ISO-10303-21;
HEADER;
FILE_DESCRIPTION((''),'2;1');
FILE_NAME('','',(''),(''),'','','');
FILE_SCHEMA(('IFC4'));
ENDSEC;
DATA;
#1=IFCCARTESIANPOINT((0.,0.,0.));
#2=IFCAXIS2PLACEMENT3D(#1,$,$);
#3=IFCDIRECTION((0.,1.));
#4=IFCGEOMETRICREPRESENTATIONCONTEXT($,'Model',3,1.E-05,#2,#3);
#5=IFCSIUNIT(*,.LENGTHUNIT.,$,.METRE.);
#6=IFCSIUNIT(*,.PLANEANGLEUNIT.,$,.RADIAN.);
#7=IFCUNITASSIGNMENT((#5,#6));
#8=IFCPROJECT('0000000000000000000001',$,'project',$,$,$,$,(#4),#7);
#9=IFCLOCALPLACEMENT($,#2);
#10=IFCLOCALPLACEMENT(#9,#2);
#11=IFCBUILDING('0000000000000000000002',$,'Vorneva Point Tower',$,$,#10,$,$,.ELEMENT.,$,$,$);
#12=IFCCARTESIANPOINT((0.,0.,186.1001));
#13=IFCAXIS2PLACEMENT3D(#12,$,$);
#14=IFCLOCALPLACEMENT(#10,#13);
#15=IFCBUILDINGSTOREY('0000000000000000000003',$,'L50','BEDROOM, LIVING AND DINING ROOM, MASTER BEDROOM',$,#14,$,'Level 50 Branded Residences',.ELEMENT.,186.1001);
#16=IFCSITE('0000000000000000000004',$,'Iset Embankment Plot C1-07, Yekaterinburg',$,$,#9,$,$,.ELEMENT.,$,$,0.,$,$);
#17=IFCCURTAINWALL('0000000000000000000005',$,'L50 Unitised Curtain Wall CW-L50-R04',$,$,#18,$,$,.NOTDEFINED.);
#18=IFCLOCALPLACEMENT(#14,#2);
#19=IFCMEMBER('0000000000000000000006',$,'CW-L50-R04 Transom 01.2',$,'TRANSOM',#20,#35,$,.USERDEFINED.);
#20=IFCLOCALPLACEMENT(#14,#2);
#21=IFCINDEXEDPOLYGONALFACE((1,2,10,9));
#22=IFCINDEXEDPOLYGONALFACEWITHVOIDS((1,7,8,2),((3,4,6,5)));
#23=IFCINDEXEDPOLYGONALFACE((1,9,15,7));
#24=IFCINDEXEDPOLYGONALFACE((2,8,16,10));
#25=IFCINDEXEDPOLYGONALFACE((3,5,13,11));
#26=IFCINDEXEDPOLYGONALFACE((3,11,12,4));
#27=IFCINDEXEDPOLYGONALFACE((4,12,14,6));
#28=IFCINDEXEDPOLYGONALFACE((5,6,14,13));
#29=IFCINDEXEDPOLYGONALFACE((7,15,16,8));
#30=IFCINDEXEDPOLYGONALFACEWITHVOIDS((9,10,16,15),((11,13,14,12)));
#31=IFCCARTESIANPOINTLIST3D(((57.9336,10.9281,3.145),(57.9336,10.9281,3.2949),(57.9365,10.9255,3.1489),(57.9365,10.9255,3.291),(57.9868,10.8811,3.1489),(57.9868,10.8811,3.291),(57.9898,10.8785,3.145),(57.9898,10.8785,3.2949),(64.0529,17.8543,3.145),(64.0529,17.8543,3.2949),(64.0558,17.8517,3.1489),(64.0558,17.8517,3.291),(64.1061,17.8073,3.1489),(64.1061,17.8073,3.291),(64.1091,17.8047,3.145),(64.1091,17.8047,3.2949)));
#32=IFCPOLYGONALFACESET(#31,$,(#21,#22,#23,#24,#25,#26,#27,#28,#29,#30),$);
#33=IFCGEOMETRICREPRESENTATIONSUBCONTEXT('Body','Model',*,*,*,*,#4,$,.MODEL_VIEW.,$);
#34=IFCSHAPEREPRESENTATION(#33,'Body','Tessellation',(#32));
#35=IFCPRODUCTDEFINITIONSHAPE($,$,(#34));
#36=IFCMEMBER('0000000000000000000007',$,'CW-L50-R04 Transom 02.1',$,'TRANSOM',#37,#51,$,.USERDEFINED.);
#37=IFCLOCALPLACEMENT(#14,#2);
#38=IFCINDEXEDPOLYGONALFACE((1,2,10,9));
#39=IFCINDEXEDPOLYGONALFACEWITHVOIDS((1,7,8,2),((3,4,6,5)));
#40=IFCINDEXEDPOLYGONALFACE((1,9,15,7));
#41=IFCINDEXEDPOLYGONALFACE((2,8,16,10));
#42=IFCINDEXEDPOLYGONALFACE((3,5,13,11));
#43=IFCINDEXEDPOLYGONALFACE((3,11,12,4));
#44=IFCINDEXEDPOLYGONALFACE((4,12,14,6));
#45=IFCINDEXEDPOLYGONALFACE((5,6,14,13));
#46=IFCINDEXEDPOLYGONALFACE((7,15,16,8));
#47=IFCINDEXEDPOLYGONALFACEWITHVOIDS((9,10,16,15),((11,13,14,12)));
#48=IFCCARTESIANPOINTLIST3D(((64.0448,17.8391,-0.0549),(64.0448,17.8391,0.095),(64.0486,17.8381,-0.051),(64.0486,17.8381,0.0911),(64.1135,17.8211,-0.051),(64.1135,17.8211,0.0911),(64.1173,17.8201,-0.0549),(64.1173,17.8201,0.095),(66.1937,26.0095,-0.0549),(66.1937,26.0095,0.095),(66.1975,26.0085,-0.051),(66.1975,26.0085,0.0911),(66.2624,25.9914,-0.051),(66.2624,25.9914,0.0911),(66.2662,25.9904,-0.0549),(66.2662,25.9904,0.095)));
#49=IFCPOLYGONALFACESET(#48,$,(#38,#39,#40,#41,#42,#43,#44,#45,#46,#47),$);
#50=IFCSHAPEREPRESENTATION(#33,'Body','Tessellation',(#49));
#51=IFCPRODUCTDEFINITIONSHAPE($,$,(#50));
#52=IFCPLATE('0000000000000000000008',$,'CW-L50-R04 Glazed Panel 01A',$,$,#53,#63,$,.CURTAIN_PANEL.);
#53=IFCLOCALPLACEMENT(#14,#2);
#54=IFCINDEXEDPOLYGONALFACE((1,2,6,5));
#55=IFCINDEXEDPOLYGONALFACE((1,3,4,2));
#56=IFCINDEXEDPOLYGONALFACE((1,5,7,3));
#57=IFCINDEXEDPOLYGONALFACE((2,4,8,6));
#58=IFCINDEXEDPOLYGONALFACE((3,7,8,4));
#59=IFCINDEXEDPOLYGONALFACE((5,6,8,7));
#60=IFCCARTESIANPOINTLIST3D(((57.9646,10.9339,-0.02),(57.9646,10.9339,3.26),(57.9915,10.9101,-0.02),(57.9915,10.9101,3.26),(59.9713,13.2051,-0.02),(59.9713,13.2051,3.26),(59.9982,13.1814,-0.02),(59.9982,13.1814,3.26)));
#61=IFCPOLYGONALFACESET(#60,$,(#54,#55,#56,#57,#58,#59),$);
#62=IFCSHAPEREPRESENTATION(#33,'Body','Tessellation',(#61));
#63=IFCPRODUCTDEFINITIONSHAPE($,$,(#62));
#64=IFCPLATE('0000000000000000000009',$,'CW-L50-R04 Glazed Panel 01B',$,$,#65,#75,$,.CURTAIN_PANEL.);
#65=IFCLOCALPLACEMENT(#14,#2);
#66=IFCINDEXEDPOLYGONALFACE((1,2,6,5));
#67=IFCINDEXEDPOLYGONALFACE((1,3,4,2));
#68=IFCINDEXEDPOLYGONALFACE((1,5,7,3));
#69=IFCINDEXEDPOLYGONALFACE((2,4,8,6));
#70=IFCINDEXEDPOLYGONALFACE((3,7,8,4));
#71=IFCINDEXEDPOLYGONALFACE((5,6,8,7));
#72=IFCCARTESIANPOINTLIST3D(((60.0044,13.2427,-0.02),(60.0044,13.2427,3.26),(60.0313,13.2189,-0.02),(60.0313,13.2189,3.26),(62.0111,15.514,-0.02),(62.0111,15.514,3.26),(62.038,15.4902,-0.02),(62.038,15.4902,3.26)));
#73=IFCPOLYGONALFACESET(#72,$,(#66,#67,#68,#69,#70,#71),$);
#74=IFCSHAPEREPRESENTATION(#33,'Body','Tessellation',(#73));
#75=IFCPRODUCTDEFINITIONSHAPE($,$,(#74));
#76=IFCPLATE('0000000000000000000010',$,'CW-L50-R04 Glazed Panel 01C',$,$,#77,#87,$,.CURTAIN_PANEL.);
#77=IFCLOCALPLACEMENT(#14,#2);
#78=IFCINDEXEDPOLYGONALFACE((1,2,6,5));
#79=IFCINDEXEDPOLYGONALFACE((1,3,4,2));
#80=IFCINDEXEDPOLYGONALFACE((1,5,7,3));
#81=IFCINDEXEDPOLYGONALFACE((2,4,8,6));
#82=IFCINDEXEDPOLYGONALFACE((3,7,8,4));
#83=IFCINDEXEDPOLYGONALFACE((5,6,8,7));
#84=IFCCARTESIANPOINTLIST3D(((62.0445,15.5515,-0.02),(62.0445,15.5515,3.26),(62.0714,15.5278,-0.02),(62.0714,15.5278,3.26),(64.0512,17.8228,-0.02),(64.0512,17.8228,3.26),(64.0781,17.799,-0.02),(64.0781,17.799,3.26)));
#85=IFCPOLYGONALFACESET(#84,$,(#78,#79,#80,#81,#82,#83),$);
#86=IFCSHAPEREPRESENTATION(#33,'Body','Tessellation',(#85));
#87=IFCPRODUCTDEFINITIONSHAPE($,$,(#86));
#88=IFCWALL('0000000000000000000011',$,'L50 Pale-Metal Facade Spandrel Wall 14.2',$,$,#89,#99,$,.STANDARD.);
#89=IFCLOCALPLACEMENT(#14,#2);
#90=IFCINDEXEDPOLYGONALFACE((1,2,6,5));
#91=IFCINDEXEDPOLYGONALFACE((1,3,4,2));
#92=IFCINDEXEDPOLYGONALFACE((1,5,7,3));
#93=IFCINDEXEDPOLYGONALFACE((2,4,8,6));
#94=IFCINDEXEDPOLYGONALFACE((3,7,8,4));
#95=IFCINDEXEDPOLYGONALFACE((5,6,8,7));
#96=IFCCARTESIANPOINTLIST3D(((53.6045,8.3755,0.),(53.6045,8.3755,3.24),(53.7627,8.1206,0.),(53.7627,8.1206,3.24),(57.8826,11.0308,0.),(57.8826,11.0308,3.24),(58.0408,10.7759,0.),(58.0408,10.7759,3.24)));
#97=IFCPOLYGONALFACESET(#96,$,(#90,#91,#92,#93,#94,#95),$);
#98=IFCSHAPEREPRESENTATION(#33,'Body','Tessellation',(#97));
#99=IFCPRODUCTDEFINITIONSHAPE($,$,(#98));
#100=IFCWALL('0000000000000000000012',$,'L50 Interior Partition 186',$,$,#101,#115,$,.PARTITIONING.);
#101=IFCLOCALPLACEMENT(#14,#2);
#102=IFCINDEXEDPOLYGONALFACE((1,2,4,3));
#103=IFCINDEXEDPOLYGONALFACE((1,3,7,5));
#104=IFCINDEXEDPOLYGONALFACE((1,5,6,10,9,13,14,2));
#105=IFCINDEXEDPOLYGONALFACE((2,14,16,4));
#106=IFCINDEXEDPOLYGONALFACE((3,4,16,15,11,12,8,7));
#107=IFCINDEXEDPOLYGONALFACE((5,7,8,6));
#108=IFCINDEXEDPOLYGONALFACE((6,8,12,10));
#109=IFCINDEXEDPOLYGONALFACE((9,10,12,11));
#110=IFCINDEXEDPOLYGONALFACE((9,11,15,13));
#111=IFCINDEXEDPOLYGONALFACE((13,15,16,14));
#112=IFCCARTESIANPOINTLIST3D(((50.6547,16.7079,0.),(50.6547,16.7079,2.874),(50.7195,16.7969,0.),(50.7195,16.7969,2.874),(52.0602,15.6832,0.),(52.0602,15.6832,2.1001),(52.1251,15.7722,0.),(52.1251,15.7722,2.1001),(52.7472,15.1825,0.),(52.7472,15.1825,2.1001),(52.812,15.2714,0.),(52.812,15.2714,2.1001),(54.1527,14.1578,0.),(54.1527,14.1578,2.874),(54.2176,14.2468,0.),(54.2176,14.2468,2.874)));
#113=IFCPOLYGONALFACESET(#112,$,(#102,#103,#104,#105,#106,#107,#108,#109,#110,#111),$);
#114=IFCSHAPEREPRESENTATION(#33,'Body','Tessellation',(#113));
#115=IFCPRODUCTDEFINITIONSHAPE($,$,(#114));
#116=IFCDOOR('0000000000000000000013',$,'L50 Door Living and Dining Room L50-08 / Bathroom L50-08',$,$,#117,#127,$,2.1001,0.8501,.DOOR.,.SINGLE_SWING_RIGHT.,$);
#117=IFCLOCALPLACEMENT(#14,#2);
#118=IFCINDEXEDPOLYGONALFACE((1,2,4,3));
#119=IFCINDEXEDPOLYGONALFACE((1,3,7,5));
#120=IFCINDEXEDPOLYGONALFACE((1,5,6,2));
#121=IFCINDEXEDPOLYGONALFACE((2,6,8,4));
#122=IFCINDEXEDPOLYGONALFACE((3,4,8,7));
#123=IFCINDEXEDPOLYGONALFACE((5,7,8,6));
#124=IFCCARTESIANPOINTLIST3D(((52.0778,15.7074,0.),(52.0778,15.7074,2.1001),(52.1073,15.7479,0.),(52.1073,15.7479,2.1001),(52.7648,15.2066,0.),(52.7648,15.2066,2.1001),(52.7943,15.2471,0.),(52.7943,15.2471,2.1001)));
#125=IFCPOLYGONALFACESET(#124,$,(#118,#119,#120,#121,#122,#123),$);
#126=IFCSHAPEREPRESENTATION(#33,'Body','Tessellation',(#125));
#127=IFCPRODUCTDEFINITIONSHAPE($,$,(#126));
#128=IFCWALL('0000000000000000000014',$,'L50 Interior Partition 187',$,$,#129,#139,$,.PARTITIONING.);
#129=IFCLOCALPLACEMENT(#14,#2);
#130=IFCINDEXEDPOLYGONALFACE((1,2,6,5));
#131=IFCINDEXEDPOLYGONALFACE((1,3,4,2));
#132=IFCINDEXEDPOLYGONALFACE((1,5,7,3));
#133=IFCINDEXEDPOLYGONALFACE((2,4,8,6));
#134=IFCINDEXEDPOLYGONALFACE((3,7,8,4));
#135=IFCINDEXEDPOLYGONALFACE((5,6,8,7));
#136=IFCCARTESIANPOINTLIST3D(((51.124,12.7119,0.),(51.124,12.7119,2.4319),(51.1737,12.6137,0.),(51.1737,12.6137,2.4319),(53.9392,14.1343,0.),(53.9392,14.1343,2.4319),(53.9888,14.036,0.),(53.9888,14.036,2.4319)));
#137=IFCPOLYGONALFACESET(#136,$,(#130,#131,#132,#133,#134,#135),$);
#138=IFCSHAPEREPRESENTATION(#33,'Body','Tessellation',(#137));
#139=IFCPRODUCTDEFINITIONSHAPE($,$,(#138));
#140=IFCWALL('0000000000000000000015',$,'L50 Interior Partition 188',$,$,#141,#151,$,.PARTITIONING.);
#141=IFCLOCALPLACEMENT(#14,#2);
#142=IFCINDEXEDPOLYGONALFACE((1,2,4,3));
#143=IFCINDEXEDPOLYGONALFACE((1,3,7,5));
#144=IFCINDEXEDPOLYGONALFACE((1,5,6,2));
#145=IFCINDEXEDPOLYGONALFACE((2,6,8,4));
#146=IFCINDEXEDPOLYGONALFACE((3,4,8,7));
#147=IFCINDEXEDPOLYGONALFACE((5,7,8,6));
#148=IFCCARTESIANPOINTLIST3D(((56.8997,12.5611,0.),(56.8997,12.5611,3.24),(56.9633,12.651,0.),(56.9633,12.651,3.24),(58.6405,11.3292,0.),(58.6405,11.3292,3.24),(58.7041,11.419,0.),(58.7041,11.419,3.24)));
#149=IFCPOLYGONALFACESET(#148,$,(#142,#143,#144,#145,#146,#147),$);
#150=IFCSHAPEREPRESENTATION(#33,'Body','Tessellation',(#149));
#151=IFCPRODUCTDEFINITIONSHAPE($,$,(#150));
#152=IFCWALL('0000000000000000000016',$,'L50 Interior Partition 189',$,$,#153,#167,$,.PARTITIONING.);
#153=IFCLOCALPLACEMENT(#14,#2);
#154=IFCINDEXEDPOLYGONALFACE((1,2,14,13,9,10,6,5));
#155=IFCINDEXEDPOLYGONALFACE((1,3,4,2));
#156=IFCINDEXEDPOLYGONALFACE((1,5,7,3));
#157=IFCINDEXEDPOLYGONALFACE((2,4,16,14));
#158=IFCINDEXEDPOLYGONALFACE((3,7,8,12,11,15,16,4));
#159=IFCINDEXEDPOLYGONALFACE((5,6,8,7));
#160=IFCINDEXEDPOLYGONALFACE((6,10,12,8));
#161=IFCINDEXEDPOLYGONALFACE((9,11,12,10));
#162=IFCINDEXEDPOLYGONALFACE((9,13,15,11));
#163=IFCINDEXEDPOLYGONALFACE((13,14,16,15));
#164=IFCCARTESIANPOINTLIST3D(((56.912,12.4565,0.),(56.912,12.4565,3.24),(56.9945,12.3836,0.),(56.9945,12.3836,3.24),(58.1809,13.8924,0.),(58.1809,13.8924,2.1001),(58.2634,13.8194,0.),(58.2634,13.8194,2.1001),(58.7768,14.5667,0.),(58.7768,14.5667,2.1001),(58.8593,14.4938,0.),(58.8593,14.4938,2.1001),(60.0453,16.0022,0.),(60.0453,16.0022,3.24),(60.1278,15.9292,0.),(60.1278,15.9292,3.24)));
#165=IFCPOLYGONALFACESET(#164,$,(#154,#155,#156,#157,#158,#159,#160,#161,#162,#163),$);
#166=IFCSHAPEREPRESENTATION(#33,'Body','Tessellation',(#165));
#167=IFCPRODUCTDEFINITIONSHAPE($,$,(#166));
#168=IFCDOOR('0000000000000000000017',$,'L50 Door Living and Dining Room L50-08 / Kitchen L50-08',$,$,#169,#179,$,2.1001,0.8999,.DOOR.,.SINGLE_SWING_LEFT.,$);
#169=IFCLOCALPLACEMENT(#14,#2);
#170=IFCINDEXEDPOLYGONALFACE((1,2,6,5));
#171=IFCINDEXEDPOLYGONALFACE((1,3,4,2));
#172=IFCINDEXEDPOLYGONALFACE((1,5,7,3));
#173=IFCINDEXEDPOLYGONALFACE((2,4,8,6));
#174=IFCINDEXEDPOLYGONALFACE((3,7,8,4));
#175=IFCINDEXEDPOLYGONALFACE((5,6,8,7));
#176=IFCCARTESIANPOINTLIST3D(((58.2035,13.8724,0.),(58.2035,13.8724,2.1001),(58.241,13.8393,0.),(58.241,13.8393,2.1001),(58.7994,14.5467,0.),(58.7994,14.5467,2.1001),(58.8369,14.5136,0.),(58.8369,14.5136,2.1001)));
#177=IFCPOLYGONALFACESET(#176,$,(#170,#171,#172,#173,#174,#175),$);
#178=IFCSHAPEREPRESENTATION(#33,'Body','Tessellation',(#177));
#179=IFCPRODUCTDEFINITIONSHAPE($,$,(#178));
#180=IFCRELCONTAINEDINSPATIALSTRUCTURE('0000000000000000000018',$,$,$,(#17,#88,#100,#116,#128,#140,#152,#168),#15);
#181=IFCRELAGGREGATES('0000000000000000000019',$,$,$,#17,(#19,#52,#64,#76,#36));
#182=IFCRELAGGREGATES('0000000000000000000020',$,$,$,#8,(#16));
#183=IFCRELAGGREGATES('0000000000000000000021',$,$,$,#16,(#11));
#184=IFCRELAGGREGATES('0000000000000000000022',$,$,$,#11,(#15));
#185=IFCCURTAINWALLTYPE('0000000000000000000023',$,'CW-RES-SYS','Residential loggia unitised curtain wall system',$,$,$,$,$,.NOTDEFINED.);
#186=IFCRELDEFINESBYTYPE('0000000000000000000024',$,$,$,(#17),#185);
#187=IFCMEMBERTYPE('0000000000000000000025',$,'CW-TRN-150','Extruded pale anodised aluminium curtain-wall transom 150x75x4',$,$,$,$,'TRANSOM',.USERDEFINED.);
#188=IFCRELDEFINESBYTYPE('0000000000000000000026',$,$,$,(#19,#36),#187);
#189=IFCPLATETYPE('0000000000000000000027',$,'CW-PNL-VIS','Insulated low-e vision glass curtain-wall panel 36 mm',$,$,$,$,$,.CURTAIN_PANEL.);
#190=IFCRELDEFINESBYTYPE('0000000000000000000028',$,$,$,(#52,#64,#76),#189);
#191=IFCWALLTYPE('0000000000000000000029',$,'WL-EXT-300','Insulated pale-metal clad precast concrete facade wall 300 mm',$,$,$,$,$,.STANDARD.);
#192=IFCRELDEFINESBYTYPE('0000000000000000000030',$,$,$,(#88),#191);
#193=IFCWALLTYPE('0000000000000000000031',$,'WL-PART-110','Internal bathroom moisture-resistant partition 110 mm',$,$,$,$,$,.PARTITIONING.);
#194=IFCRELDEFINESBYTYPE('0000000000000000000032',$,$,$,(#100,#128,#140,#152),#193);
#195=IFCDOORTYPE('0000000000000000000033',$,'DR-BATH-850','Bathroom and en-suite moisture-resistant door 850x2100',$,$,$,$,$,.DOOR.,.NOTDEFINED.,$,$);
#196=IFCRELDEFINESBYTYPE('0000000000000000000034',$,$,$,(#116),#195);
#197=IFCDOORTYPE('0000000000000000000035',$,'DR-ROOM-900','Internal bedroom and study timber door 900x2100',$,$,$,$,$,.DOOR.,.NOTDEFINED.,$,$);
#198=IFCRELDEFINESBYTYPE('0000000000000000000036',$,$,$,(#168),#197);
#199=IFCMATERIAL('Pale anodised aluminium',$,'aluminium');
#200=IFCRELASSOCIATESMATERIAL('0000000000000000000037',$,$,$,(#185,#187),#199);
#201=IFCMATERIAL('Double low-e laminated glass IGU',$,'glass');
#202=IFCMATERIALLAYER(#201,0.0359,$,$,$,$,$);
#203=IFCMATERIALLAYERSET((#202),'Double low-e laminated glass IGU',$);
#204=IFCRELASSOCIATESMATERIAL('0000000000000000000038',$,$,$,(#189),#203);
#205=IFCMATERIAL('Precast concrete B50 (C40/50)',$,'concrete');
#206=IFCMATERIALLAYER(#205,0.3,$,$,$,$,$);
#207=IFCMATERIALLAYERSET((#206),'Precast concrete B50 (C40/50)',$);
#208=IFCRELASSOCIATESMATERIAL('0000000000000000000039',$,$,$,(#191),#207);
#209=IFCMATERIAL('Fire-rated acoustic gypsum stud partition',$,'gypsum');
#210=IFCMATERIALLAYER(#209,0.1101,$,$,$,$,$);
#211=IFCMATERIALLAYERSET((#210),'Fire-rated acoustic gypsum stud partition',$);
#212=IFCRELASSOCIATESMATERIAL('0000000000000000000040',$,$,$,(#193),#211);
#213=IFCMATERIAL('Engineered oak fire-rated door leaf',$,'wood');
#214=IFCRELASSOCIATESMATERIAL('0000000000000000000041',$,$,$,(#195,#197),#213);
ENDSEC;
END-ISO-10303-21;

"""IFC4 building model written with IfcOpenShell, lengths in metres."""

from ifc_helpers import new_model, si_unit, direction, frame, frame_2d, origin, origin_2d, place, context, subcontext, project, spatial, rectangle, hollow_rectangle, extrude, material, layer, layer_set, material_profile, profile_set, type_object, element, fill, aggregate, save


model = new_model("IFC4")

# Units and contexts
model_context = context("Model", 3, precision=1e-05, world=origin(), true_north=direction((0.0, 1.0)))
body_context = subcontext(model_context, "Body", "Model", "MODEL_VIEW")
ifc_project = project(units=[si_unit("LENGTHUNIT", "METRE"), si_unit("PLANEANGLEUNIT", "RADIAN")], contexts=[model_context])

# Site, building, storey
site_placement = place(None, origin())
site = spatial("IfcSite", under=ifc_project, at=site_placement, Name="Iset Embankment Plot C1-07, Yekaterinburg", CompositionType="ELEMENT", RefElevation=0.0)
building_placement = place(site_placement, origin())
building = spatial("IfcBuilding", under=site, at=building_placement, Name="Vorneva Point Tower", CompositionType="ELEMENT")
storey_placement = place(building_placement, frame((0.0, 0.0, 186.1001)))
storey = spatial("IfcBuildingStorey", under=building, at=storey_placement, Name="L50", Description="BEDROOM, LIVING AND DINING ROOM, MASTER BEDROOM", LongName="Level 50 Branded Residences", CompositionType="ELEMENT", Elevation=186.1001)

# Shared definitions
ifc_material_1 = material(Name="Pale anodised aluminium", Category="aluminium")
curtain_wall_type = type_object("IfcCurtainWallType", Name="CW-RES-SYS", Description="Residential loggia unitised curtain wall system", PredefinedType="NOTDEFINED", material=ifc_material_1)

# Curtain wall, members, plates
curtain_wall_1_placement = place(storey_placement, origin())
curtain_wall_1 = element("IfcCurtainWall", 1, at=curtain_wall_1_placement, inside=storey, type_object=curtain_wall_type, Name="L50 Unitised Curtain Wall CW-L50-R04", PredefinedType="NOTDEFINED")
ifc_material_profile_1 = material_profile(ifc_material_1, hollow_rectangle(XDim=0.075, YDim=0.1499, WallThickness=0.0039, at=origin_2d()), Name="AL-TRN 150x75x4")
ifc_profile_set_1 = profile_set([ifc_material_profile_1], Name="Pale anodised aluminium")
member_type_1 = type_object("IfcMemberType", Name="CW-TRN-150", Description="Extruded pale anodised aluminium curtain-wall transom 150x75x4", ElementType="TRANSOM", PredefinedType="USERDEFINED", material=ifc_profile_set_1)
member_1_placement = place(storey_placement, frame((57.9617, 10.9033, 3.22), z_axis=(0.662106, 0.74941, 0.0), x_axis=(-0.74941, 0.662106, 0.0)))
member_1 = element("IfcMember", 2, at=member_1_placement, type_object=member_type_1, Name="CW-L50-R04 Transom 01.2", ObjectType="TRANSOM", PredefinedType="USERDEFINED", context=body_context, shape_type="SweptSolid", body=[
    extrude(hollow_rectangle(XDim=0.075, YDim=0.1499, WallThickness=0.0039, at=origin_2d()), origin(), (0.0, 0.0, 1.0), 9.2422),
])
member_2_placement = place(storey_placement, frame((64.0811, 17.8296, 0.02), z_axis=(0.254362, 0.967109, 0.0), x_axis=(-0.967109, 0.254362, 0.0)))
member_2 = element("IfcMember", 3, at=member_2_placement, type_object=member_type_1, Name="CW-L50-R04 Transom 02.1", ObjectType="TRANSOM", PredefinedType="USERDEFINED", context=body_context, shape_type="SweptSolid", body=[
    extrude(hollow_rectangle(XDim=0.075, YDim=0.1499, WallThickness=0.0039, at=origin_2d()), origin(), (0.0, 0.0, 1.0), 8.4482),
])
ifc_material_2 = material(Name="Double low-e laminated glass IGU", Category="glass")
ifc_layer_1 = layer(ifc_material_2, 0.0359)
ifc_layer_set_1 = layer_set([ifc_layer_1], Name="Double low-e laminated glass IGU")
plate_type = type_object("IfcPlateType", Name="CW-PNL-VIS", Description="Insulated low-e vision glass curtain-wall panel 36 mm", PredefinedType="CURTAIN_PANEL", material=ifc_layer_set_1)
plate_1_placement = place(storey_placement, frame((58.9814, 12.0576, -0.02), z_axis=(0.0, 0.0, 1.0), x_axis=(0.66211, 0.749407, 0.0)))
plate_1 = element("IfcPlate", 4, at=plate_1_placement, type_object=plate_type, Name="CW-L50-R04 Glazed Panel 01A", PredefinedType="CURTAIN_PANEL", context=body_context, shape_type="SweptSolid", body=[
    extrude(rectangle(XDim=3.0308, YDim=0.0359, at=origin_2d()), origin(), (0.0, 0.0, 1.0), 3.28),
])
plate_2_placement = place(storey_placement, frame((61.0212, 14.3665, -0.02), z_axis=(0.0, 0.0, 1.0), x_axis=(0.66211, 0.749407, 0.0)))
plate_2 = element("IfcPlate", 5, at=plate_2_placement, type_object=plate_type, Name="CW-L50-R04 Glazed Panel 01B", PredefinedType="CURTAIN_PANEL", context=body_context, shape_type="SweptSolid", body=[
    extrude(rectangle(XDim=3.0308, YDim=0.0359, at=origin_2d()), origin(), (0.0, 0.0, 1.0), 3.28),
])
plate_3_placement = place(storey_placement, frame((63.0613, 16.6753, -0.02), z_axis=(0.0, 0.0, 1.0), x_axis=(0.66211, 0.749407, 0.0)))
plate_3 = element("IfcPlate", 6, at=plate_3_placement, type_object=plate_type, Name="CW-L50-R04 Glazed Panel 01C", PredefinedType="CURTAIN_PANEL", context=body_context, shape_type="SweptSolid", body=[
    extrude(rectangle(XDim=3.0308, YDim=0.0359, at=origin_2d()), origin(), (0.0, 0.0, 1.0), 3.28),
])
aggregate(curtain_wall_1, [member_1, plate_1, plate_2, plate_3, member_2])

# Wall
ifc_material_3 = material(Name="Precast concrete B50 (C40/50)", Category="concrete")
ifc_layer_2 = layer(ifc_material_3, 0.3)
ifc_layer_set_2 = layer_set([ifc_layer_2], Name="Precast concrete B50 (C40/50)")
wall_type_1 = type_object("IfcWallType", Name="WL-EXT-300", Description="Insulated pale-metal clad precast concrete facade wall 300 mm", PredefinedType="STANDARD", material=ifc_layer_set_2)
wall_1_placement = place(storey_placement, frame((53.6836, 8.248, 0.0), z_axis=(0.0, 0.0, 1.0), x_axis=(0.849648, 0.527351, 0.0)))
element("IfcWall", 7, at=wall_1_placement, inside=storey, type_object=wall_type_1, Name="L50 Pale-Metal Facade Spandrel Wall 14.2", PredefinedType="STANDARD", context=body_context, shape_type="SweptSolid", body=[
    extrude(rectangle(XDim=5.0352, YDim=0.3, at=frame_2d((2.5176, 0.0))), origin(), (0.0, 0.0, 1.0), 3.24),
])

# Wall, opening, door
ifc_material_4 = material(Name="Fire-rated acoustic gypsum stud partition", Category="gypsum")
ifc_layer_3 = layer(ifc_material_4, 0.1101)
ifc_layer_set_3 = layer_set([ifc_layer_3], Name="Fire-rated acoustic gypsum stud partition")
wall_type_2 = type_object("IfcWallType", Name="WL-PART-110", Description="Internal bathroom moisture-resistant partition 110 mm", PredefinedType="PARTITIONING", material=ifc_layer_set_3)
wall_2_placement = place(storey_placement, frame((50.687, 16.7524, 0.0), z_axis=(0.0, 0.0, 1.0), x_axis=(0.808075, -0.58908, 0.0)))
wall_2 = element("IfcWall", 8, at=wall_2_placement, inside=storey, type_object=wall_type_2, Name="L50 Interior Partition 186", PredefinedType="PARTITIONING", context=body_context, shape_type="SweptSolid", body=[
    extrude(rectangle(XDim=4.3289, YDim=0.1101, at=frame_2d((2.1646, 0.0))), origin(), (0.0, 0.0, 1.0), 2.874),
])
opening_1_placement = place(wall_2_placement, frame((1.7395, 0.0, 0.0)))
opening_1 = element("IfcOpeningElement", 9, at=opening_1_placement, cuts=wall_2, PredefinedType="OPENING", context=body_context, shape_type="SweptSolid", body=[
    extrude(rectangle(XDim=0.8501, YDim=2.1001, at=frame_2d((0.425, 1.05))), frame((0.0, 0.0698, 0.0), z_axis=(0.0, -1.0, 0.0), x_axis=(1.0, 0.0, 0.0)), (0.0, 0.0, 1.0), 0.1399),
])
ifc_material_5 = material(Name="Engineered oak fire-rated door leaf", Category="wood")
door_type_1 = type_object("IfcDoorType", Name="DR-BATH-850", Description="Bathroom and en-suite moisture-resistant door 850x2100", OperationType="NOTDEFINED", PredefinedType="DOOR", material=ifc_material_5)
door_1_placement = place(opening_1_placement, origin())
door_1 = element("IfcDoor", 10, at=door_1_placement, inside=storey, type_object=door_type_1, Name="L50 Door Living and Dining Room L50-08 / Bathroom L50-08", OperationType="SINGLE_SWING_RIGHT", OverallHeight=2.1001, OverallWidth=0.8501, PredefinedType="DOOR", context=body_context, shape_type="SweptSolid", body=[
    extrude(rectangle(XDim=0.8501, YDim=2.1001, at=frame_2d((0.425, 1.05))), frame((0.0, 0.0249, 0.0), z_axis=(0.0, -1.0, 0.0), x_axis=(1.0, 0.0, 0.0)), (0.0, 0.0, 1.0), 0.05),
])
fill(opening_1, door_1)

# Walls
wall_3_placement = place(storey_placement, frame((53.9641, 14.0852, 0.0), z_axis=(0.0, 0.0, 1.0), x_axis=(-0.892546, -0.450956, 0.0)))
element("IfcWall", 11, at=wall_3_placement, inside=storey, type_object=wall_type_2, Name="L50 Interior Partition 187", PredefinedType="PARTITIONING", context=body_context, shape_type="SweptSolid", body=[
    extrude(rectangle(XDim=3.1541, YDim=0.1101, at=frame_2d((1.5771, 0.0))), origin(), (0.0, 0.0, 1.0), 2.4319),
])
wall_4_placement = place(storey_placement, frame((58.6724, 11.374, 0.0), z_axis=(0.0, 0.0, 1.0), x_axis=(-0.816263, 0.577681, 0.0)))
element("IfcWall", 12, at=wall_4_placement, inside=storey, type_object=wall_type_2, Name="L50 Interior Partition 188", PredefinedType="PARTITIONING", context=body_context, shape_type="SweptSolid", body=[
    extrude(rectangle(XDim=2.1326, YDim=0.1101, at=frame_2d((1.0664, 0.0))), origin(), (0.0, 0.0, 1.0), 3.24),
])

# Wall, opening, door
wall_5_placement = place(storey_placement, frame((56.9534, 12.4202, 0.0), z_axis=(0.0, 0.0, 1.0), x_axis=(0.66219, 0.749336, 0.0)))
wall_5 = element("IfcWall", 13, at=wall_5_placement, inside=storey, type_object=wall_type_2, Name="L50 Interior Partition 189", PredefinedType="PARTITIONING", context=body_context, shape_type="SweptSolid", body=[
    extrude(rectangle(XDim=4.7317, YDim=0.1101, at=frame_2d((2.3657, 0.0))), origin(), (0.0, 0.0, 1.0), 3.24),
])
opening_2_placement = place(wall_5_placement, frame((1.916, 0.0, 0.0)))
opening_2 = element("IfcOpeningElement", 14, at=opening_2_placement, cuts=wall_5, PredefinedType="OPENING", context=body_context, shape_type="SweptSolid", body=[
    extrude(rectangle(XDim=0.8999, YDim=2.1001, at=frame_2d((0.45, 1.05))), frame((0.0, 0.0698, 0.0), z_axis=(0.0, -1.0, 0.0), x_axis=(1.0, 0.0, 0.0)), (0.0, 0.0, 1.0), 0.1399),
])
door_type_2 = type_object("IfcDoorType", Name="DR-ROOM-900", Description="Internal bedroom and study timber door 900x2100", OperationType="NOTDEFINED", PredefinedType="DOOR", material=ifc_material_5)
door_2_placement = place(opening_2_placement, origin())
door_2 = element("IfcDoor", 15, at=door_2_placement, inside=storey, type_object=door_type_2, Name="L50 Door Living and Dining Room L50-08 / Kitchen L50-08", OperationType="SINGLE_SWING_LEFT", OverallHeight=2.1001, OverallWidth=0.8999, PredefinedType="DOOR", context=body_context, shape_type="SweptSolid", body=[
    extrude(rectangle(XDim=0.8999, YDim=2.1001, at=frame_2d((0.45, 1.05))), frame((0.0, 0.0249, 0.0), z_axis=(0.0, -1.0, 0.0), x_axis=(1.0, 0.0, 0.0)), (0.0, 0.0, 1.0), 0.05),
])
fill(opening_2, door_2)

save(model, "model.ifc")
